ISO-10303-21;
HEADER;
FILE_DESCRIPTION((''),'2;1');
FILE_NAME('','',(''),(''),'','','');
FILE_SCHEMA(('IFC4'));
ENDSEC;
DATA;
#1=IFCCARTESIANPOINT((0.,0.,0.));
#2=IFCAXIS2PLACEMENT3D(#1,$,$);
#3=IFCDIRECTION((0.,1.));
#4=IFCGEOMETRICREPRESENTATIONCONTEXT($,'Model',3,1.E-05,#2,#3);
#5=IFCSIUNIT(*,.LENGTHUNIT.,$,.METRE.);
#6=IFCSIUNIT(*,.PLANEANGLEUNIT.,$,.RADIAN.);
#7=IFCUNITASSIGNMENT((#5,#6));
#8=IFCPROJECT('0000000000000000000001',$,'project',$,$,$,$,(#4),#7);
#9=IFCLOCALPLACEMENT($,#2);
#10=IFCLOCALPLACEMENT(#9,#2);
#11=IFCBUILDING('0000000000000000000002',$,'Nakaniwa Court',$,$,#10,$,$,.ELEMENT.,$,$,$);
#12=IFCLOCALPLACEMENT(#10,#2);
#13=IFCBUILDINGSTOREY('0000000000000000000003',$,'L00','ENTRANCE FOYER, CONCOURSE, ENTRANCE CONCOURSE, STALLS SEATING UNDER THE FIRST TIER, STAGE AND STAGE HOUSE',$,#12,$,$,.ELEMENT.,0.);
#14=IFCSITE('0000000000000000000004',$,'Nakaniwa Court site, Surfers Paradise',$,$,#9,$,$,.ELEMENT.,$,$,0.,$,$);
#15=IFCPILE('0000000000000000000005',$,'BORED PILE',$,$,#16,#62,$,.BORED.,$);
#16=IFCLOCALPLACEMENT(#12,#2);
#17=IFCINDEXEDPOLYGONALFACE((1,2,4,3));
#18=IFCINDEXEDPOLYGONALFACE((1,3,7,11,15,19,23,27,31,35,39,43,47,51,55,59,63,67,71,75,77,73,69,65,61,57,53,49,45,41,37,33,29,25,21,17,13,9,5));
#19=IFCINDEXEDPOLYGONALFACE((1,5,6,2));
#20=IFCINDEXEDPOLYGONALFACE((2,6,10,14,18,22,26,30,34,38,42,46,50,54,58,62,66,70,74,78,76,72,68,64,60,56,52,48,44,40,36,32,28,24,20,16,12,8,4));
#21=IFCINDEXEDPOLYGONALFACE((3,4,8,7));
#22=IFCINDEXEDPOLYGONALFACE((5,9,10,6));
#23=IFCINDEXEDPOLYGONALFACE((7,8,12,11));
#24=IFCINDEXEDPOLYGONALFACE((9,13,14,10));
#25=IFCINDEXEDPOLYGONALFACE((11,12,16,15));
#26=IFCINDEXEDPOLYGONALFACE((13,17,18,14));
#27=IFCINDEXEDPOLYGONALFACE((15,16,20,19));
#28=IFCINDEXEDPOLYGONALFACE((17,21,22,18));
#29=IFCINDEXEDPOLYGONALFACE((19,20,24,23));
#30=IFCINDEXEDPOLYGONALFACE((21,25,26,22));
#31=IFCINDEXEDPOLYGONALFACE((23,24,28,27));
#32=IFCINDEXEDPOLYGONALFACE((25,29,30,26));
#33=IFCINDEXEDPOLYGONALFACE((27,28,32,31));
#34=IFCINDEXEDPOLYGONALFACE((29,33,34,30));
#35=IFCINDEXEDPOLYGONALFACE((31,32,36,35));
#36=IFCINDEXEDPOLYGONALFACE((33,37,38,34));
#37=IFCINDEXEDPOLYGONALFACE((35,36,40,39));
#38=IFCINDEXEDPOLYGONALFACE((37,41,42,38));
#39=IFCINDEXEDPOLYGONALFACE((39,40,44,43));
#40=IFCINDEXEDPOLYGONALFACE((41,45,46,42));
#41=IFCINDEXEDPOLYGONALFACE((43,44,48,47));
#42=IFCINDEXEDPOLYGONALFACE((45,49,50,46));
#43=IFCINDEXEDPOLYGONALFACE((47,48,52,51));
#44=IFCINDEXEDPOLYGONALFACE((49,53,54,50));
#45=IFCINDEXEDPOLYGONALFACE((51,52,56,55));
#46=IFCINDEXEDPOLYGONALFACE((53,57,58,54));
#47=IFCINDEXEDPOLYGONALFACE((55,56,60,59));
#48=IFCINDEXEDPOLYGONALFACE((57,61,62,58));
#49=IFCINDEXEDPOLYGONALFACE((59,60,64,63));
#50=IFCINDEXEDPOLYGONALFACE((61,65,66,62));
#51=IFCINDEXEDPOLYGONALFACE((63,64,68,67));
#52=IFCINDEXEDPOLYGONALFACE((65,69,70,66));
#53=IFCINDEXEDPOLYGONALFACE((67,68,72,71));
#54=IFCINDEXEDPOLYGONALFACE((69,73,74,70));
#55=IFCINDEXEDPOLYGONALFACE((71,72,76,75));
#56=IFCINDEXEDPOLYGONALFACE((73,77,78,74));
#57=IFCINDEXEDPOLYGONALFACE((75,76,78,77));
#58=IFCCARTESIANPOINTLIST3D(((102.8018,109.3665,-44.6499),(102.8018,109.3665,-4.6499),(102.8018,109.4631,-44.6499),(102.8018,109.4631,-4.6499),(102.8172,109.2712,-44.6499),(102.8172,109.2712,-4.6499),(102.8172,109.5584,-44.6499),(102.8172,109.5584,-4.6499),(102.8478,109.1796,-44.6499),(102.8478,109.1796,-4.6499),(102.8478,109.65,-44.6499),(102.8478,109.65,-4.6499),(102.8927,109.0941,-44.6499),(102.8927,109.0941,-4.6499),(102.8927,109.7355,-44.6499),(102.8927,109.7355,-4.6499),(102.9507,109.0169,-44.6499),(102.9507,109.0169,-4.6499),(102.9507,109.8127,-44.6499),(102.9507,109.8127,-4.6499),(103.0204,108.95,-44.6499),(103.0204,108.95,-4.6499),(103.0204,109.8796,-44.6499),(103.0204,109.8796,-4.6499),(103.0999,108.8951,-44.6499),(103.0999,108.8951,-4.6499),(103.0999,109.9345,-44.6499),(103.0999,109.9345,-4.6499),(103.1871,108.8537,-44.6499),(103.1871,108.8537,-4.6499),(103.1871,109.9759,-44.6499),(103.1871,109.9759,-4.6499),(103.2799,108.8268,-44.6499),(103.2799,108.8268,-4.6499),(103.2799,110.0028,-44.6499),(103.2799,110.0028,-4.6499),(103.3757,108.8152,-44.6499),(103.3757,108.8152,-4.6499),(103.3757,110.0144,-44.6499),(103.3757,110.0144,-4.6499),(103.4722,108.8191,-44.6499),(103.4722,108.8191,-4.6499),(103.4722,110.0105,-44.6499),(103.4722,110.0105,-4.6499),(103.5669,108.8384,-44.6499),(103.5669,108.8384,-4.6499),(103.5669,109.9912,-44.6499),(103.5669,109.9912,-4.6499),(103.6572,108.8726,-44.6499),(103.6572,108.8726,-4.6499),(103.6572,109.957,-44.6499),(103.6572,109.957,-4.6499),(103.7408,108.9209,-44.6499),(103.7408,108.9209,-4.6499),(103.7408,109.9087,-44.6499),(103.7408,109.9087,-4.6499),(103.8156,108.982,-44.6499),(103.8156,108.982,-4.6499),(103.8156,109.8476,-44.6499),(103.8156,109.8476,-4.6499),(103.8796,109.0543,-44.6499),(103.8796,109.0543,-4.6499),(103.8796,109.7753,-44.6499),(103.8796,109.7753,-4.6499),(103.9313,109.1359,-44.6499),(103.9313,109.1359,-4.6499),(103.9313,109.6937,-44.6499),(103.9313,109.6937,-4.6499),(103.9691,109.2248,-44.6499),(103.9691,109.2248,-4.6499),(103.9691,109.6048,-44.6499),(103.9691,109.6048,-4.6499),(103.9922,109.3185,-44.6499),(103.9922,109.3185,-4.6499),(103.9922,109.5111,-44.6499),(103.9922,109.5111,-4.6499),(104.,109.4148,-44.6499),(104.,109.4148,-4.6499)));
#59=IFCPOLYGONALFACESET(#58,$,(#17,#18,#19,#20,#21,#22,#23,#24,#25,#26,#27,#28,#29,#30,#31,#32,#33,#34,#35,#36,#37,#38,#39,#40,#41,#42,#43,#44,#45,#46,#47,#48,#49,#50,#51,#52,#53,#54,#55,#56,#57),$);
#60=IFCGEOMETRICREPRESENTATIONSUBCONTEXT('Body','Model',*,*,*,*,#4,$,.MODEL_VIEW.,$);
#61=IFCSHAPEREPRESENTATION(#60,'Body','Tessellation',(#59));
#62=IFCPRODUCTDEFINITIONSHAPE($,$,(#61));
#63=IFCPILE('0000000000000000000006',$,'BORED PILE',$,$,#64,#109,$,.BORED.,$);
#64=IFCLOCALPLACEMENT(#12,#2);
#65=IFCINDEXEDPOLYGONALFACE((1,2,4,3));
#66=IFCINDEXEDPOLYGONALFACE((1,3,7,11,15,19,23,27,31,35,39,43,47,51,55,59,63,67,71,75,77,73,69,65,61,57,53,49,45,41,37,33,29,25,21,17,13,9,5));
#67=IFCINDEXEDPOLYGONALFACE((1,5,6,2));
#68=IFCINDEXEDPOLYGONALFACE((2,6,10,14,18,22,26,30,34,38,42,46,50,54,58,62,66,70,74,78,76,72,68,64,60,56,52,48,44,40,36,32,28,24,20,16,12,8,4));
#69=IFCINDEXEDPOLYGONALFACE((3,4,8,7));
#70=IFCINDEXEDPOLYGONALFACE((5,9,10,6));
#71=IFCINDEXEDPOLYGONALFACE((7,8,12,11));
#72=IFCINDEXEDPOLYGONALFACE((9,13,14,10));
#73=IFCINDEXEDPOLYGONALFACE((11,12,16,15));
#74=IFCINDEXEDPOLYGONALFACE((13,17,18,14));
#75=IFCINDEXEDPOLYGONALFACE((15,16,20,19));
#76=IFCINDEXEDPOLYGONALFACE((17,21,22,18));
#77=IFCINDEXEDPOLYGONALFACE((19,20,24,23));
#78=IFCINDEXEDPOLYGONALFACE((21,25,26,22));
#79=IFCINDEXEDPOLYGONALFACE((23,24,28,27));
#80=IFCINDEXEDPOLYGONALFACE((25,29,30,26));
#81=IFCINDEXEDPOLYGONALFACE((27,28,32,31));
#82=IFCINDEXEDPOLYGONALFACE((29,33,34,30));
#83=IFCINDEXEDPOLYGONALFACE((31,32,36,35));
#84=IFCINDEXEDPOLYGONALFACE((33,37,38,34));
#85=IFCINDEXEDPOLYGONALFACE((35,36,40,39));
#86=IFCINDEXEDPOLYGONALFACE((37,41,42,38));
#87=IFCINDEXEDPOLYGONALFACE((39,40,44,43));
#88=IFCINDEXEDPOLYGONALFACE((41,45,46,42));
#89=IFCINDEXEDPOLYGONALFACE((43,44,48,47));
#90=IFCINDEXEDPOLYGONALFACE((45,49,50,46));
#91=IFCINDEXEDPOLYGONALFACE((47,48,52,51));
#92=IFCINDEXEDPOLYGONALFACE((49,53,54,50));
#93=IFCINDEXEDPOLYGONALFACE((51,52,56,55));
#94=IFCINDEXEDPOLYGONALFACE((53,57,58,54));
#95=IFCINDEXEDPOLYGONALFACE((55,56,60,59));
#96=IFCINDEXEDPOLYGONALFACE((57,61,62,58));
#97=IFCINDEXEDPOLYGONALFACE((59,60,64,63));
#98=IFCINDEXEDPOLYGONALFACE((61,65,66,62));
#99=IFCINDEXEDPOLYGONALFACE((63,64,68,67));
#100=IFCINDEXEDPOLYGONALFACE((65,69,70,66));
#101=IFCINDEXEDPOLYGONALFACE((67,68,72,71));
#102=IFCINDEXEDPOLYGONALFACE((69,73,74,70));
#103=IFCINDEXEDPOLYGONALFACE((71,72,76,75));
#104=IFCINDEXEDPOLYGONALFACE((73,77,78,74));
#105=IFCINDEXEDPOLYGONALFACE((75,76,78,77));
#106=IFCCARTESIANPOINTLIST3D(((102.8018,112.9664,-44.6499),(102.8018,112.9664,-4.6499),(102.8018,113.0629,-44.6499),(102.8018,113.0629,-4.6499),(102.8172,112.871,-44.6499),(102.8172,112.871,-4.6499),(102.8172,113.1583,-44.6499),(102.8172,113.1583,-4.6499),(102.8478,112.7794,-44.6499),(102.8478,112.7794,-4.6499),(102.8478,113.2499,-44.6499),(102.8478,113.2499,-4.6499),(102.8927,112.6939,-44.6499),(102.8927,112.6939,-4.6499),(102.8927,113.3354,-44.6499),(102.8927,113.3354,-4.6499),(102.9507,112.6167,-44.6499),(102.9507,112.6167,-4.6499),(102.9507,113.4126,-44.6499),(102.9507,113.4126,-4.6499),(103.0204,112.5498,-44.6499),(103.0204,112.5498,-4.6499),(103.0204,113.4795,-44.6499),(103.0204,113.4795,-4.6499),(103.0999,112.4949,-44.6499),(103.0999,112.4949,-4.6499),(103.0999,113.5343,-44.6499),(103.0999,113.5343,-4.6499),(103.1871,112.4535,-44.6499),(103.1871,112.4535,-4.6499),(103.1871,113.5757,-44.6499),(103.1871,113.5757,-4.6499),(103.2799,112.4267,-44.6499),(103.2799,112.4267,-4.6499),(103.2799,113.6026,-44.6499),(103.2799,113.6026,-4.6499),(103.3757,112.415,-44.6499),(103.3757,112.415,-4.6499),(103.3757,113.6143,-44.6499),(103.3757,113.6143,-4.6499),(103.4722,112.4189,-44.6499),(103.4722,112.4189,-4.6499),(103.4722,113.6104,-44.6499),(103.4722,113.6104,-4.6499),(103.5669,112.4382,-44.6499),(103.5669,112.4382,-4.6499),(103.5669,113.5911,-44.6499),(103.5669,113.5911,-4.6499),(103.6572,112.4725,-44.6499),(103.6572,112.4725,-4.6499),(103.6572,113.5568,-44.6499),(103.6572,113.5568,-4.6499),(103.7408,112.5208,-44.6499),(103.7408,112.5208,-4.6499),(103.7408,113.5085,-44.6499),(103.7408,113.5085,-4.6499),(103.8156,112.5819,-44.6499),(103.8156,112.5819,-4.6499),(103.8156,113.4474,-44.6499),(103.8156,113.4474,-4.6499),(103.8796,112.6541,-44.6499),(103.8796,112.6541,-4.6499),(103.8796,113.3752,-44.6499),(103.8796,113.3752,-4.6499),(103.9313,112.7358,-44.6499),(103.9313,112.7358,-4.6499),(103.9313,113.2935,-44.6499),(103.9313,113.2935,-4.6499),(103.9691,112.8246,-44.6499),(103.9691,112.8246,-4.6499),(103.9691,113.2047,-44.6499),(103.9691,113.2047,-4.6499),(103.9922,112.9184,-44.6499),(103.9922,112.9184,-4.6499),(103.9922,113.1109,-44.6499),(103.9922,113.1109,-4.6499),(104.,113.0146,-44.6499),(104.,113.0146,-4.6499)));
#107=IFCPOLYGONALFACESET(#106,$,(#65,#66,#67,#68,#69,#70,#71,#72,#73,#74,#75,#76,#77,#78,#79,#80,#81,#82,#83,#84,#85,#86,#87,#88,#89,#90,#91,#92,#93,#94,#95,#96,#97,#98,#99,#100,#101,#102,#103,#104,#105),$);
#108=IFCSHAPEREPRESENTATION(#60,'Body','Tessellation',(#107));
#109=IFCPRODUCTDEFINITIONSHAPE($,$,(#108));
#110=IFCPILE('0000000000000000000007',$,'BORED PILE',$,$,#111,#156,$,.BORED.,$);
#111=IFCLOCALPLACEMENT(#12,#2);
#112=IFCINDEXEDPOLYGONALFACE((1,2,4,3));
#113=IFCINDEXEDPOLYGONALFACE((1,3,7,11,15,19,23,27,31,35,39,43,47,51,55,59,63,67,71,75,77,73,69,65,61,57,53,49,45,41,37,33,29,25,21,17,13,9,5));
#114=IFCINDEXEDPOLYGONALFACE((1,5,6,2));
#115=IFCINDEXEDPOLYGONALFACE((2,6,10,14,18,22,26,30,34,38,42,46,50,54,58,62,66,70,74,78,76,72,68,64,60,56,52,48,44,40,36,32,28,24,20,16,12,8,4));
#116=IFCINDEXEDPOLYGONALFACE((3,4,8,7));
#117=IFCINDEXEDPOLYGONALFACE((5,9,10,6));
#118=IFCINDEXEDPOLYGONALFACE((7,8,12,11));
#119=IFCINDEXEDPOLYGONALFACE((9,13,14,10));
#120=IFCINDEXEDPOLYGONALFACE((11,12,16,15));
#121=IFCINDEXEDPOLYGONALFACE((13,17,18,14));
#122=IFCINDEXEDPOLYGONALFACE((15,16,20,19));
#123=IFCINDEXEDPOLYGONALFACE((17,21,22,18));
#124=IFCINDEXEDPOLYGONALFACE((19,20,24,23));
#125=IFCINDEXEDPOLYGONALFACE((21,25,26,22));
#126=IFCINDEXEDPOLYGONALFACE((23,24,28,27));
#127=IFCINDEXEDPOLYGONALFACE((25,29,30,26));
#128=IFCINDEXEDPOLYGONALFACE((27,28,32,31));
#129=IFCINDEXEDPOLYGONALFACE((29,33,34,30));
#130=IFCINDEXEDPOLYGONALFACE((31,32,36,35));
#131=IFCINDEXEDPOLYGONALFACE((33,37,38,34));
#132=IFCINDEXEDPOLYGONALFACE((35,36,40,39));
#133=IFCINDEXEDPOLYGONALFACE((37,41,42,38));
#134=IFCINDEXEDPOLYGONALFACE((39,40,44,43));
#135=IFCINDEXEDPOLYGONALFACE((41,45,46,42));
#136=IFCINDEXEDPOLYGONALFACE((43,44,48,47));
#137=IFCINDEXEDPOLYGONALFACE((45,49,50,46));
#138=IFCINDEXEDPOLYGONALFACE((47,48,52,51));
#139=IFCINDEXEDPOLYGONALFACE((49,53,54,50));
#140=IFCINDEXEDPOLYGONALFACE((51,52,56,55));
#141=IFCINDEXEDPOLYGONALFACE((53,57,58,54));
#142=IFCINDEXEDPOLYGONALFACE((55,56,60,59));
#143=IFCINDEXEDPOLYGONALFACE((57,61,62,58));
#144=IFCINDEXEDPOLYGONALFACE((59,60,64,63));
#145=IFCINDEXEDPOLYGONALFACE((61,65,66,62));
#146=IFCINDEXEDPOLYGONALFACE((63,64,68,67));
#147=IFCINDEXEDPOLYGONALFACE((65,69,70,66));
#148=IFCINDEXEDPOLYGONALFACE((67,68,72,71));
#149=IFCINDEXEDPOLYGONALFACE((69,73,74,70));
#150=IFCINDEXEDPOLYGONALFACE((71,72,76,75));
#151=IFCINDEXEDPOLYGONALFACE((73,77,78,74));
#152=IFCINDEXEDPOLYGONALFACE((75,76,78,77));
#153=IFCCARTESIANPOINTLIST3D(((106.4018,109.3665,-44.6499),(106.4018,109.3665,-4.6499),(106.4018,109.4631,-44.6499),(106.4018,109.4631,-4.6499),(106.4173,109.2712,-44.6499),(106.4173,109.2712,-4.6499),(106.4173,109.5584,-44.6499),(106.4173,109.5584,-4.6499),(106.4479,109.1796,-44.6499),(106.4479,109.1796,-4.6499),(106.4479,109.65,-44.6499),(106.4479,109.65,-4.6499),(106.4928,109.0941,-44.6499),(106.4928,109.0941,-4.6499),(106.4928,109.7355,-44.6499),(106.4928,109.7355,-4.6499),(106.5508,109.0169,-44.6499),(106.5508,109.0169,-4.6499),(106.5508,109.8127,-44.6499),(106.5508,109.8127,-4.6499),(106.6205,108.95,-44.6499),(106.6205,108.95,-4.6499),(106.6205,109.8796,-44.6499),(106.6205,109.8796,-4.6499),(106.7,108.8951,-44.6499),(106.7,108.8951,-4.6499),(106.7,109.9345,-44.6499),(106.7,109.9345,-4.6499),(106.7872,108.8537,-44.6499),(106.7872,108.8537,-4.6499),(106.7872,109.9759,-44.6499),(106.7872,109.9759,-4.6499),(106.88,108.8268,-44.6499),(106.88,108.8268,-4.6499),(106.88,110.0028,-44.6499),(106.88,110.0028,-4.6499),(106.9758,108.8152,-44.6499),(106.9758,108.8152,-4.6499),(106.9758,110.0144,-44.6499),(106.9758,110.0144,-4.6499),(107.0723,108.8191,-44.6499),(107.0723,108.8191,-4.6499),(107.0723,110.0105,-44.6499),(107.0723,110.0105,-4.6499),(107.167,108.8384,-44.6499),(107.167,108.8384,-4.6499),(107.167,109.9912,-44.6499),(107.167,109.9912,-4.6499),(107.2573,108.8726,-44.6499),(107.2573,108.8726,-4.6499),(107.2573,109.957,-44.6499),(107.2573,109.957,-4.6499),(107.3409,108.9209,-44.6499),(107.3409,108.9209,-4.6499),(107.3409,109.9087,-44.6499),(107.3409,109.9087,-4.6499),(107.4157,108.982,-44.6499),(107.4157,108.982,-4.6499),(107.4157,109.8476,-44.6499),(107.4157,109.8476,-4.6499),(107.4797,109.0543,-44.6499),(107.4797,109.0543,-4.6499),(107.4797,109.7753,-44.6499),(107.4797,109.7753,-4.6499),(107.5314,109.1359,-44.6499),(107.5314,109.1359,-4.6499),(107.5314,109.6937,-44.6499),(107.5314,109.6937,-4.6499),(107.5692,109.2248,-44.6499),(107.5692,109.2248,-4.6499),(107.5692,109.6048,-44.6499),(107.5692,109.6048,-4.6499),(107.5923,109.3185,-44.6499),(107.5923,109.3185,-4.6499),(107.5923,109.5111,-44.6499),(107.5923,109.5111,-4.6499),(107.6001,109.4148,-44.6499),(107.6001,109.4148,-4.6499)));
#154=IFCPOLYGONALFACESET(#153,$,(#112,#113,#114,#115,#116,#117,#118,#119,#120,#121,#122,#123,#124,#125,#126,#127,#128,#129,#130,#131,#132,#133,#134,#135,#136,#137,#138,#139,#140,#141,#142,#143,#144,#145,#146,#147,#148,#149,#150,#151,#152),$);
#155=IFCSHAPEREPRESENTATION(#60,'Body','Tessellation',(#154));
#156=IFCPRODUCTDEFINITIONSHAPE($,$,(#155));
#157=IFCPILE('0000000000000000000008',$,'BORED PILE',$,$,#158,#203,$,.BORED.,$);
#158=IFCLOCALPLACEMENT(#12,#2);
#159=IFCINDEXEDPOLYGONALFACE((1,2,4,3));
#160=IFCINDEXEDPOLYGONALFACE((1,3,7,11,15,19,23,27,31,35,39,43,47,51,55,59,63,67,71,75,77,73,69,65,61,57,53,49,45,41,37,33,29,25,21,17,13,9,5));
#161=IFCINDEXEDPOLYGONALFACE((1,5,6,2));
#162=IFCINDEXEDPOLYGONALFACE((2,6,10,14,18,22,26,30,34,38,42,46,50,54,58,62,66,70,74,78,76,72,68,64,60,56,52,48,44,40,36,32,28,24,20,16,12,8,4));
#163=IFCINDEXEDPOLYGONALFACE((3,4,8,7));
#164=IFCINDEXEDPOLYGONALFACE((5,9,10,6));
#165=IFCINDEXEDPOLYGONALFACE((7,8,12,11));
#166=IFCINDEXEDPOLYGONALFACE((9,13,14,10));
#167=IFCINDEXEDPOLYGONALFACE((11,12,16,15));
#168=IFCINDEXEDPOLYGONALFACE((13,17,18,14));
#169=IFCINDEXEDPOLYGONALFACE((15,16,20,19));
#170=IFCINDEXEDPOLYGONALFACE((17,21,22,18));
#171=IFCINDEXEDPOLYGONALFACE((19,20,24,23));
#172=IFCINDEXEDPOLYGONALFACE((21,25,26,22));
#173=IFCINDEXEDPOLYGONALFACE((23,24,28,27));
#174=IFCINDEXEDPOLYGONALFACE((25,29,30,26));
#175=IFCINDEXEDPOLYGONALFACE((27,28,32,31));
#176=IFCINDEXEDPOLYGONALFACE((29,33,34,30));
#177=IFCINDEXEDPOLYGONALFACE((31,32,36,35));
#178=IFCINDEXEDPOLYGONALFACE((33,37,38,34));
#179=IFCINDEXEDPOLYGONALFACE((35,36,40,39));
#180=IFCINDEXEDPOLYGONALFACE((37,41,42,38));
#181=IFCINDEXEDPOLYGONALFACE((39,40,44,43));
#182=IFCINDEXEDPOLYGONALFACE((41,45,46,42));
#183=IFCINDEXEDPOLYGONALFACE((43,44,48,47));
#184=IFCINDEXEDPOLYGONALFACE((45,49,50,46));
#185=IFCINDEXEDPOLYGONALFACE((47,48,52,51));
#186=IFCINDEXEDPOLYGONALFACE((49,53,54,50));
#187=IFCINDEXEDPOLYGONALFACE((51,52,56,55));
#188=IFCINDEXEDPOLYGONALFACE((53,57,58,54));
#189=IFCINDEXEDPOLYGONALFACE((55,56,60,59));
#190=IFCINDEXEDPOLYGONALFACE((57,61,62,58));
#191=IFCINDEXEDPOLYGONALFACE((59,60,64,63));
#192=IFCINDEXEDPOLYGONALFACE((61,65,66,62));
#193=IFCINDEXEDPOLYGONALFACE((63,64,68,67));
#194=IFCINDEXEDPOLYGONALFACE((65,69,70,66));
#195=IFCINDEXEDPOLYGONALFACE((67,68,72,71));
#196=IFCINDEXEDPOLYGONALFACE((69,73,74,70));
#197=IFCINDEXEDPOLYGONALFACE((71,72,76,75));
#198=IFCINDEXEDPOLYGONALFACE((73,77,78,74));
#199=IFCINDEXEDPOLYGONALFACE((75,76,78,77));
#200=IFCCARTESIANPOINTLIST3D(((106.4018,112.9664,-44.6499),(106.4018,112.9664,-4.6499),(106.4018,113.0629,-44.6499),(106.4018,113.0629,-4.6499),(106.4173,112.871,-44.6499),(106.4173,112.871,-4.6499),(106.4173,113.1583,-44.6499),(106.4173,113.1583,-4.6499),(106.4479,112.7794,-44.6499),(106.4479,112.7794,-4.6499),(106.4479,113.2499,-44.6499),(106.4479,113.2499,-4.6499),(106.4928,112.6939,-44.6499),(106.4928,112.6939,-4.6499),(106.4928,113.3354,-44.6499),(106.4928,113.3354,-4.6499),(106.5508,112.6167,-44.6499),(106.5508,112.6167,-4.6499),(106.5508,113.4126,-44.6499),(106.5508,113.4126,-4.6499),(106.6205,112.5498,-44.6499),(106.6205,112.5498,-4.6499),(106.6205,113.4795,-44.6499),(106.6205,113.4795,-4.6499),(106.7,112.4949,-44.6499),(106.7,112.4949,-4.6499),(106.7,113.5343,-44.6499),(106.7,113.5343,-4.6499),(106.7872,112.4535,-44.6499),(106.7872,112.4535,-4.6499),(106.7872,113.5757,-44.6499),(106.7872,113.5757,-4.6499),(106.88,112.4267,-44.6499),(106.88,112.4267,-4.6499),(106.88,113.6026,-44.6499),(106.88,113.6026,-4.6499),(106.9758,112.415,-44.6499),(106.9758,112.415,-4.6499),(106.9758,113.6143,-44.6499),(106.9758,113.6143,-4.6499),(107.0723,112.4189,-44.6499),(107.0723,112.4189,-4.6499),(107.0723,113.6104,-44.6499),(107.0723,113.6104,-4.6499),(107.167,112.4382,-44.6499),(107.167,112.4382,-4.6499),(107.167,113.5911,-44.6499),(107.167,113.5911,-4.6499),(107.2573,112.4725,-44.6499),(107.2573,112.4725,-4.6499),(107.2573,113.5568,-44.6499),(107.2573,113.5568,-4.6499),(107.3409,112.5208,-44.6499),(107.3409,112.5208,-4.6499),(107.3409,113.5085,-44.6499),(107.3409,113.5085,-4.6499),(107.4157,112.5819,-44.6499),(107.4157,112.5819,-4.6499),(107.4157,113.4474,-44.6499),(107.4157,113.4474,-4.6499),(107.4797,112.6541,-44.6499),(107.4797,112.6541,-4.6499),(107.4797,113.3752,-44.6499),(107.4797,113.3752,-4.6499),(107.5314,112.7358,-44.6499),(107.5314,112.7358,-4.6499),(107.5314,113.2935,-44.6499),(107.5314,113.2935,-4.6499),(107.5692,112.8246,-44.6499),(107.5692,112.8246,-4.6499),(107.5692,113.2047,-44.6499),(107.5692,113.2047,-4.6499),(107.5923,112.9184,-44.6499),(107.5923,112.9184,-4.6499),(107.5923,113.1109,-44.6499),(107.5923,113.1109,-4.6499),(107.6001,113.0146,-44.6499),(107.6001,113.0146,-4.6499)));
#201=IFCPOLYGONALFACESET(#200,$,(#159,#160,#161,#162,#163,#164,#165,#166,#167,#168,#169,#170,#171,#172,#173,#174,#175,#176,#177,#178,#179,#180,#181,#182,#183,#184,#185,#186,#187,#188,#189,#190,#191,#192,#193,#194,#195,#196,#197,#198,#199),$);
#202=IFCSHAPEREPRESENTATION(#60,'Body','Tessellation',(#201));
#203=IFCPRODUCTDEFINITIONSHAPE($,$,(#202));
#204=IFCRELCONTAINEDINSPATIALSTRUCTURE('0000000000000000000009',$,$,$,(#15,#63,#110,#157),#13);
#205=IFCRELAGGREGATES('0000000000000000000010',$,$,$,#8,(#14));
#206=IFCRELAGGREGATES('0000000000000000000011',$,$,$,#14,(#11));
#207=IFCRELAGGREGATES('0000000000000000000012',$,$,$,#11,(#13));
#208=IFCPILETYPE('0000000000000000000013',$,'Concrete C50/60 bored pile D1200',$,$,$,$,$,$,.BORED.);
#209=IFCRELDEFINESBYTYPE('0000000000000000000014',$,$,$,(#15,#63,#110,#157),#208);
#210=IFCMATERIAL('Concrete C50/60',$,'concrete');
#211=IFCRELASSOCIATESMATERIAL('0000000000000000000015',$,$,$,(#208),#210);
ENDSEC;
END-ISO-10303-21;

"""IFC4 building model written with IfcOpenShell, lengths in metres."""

from ifc_helpers import new_model, si_unit, direction, frame, origin, origin_2d, place, context, subcontext, project, spatial, circle, extrude, material, material_profile, profile_set, type_object, element, save


model = new_model("IFC4")

# Units and contexts
model_context = context("Model", 3, precision=1e-05, world=origin(), true_north=direction((0.0, 1.0)))
body_context = subcontext(model_context, "Body", "Model", "MODEL_VIEW")
ifc_project = project(units=[si_unit("LENGTHUNIT", "METRE"), si_unit("PLANEANGLEUNIT", "RADIAN")], contexts=[model_context])

# Site, building, storey
site_placement = place(None, origin())
site = spatial("IfcSite", under=ifc_project, at=site_placement, Name="Nakaniwa Court site, Surfers Paradise", CompositionType="ELEMENT", RefElevation=0.0)
building_placement = place(site_placement, origin())
building = spatial("IfcBuilding", under=site, at=building_placement, Name="Nakaniwa Court", CompositionType="ELEMENT")
storey_placement = place(building_placement, origin())
storey = spatial("IfcBuildingStorey", under=building, at=storey_placement, Name="L00", Description="ENTRANCE FOYER, CONCOURSE, ENTRANCE CONCOURSE, STALLS SEATING UNDER THE FIRST TIER, STAGE AND STAGE HOUSE", CompositionType="ELEMENT", Elevation=0.0)

# Piles
ifc_material_1 = material(Name="Concrete C50/60", Category="concrete")
ifc_material_profile_1 = material_profile(ifc_material_1, circle(Radius=0.6001, at=origin_2d()), Name="Concrete C50/60 bored pile D1200")
ifc_profile_set_1 = profile_set([ifc_material_profile_1], Name="Concrete C50/60")
pile_type = type_object("IfcPileType", Name="Concrete C50/60 bored pile D1200", PredefinedType="BORED", material=ifc_profile_set_1)
for number, where, z_axis, x_axis, name in (
    (1, (103.3999, 109.4148, -4.6499), (0.0, 0.0, -1.0), (1.0, 0.0, 0.0), "BORED PILE"),
    (2, (103.3999, 113.0146, -4.6499), (0.0, 0.0, -1.0), (1.0, 0.0, 0.0), "BORED PILE"),
    (3, (107.0, 109.4148, -4.6499), (0.0, 0.0, -1.0), (1.0, 0.0, 0.0), "BORED PILE"),
    (4, (107.0, 113.0146, -4.6499), (0.0, 0.0, -1.0), (1.0, 0.0, 0.0), "BORED PILE"),
):
    element("IfcPile", number, at=place(storey_placement, frame(where, z_axis=z_axis, x_axis=x_axis)), inside=storey, type_object=pile_type, Name=name, PredefinedType="BORED", context=body_context, shape_type="SweptSolid", body=[
        extrude(circle(Radius=0.6001, at=origin_2d()), origin(), (0.0, 0.0, 1.0), 40.0),
    ])

save(model, "model.ifc")
